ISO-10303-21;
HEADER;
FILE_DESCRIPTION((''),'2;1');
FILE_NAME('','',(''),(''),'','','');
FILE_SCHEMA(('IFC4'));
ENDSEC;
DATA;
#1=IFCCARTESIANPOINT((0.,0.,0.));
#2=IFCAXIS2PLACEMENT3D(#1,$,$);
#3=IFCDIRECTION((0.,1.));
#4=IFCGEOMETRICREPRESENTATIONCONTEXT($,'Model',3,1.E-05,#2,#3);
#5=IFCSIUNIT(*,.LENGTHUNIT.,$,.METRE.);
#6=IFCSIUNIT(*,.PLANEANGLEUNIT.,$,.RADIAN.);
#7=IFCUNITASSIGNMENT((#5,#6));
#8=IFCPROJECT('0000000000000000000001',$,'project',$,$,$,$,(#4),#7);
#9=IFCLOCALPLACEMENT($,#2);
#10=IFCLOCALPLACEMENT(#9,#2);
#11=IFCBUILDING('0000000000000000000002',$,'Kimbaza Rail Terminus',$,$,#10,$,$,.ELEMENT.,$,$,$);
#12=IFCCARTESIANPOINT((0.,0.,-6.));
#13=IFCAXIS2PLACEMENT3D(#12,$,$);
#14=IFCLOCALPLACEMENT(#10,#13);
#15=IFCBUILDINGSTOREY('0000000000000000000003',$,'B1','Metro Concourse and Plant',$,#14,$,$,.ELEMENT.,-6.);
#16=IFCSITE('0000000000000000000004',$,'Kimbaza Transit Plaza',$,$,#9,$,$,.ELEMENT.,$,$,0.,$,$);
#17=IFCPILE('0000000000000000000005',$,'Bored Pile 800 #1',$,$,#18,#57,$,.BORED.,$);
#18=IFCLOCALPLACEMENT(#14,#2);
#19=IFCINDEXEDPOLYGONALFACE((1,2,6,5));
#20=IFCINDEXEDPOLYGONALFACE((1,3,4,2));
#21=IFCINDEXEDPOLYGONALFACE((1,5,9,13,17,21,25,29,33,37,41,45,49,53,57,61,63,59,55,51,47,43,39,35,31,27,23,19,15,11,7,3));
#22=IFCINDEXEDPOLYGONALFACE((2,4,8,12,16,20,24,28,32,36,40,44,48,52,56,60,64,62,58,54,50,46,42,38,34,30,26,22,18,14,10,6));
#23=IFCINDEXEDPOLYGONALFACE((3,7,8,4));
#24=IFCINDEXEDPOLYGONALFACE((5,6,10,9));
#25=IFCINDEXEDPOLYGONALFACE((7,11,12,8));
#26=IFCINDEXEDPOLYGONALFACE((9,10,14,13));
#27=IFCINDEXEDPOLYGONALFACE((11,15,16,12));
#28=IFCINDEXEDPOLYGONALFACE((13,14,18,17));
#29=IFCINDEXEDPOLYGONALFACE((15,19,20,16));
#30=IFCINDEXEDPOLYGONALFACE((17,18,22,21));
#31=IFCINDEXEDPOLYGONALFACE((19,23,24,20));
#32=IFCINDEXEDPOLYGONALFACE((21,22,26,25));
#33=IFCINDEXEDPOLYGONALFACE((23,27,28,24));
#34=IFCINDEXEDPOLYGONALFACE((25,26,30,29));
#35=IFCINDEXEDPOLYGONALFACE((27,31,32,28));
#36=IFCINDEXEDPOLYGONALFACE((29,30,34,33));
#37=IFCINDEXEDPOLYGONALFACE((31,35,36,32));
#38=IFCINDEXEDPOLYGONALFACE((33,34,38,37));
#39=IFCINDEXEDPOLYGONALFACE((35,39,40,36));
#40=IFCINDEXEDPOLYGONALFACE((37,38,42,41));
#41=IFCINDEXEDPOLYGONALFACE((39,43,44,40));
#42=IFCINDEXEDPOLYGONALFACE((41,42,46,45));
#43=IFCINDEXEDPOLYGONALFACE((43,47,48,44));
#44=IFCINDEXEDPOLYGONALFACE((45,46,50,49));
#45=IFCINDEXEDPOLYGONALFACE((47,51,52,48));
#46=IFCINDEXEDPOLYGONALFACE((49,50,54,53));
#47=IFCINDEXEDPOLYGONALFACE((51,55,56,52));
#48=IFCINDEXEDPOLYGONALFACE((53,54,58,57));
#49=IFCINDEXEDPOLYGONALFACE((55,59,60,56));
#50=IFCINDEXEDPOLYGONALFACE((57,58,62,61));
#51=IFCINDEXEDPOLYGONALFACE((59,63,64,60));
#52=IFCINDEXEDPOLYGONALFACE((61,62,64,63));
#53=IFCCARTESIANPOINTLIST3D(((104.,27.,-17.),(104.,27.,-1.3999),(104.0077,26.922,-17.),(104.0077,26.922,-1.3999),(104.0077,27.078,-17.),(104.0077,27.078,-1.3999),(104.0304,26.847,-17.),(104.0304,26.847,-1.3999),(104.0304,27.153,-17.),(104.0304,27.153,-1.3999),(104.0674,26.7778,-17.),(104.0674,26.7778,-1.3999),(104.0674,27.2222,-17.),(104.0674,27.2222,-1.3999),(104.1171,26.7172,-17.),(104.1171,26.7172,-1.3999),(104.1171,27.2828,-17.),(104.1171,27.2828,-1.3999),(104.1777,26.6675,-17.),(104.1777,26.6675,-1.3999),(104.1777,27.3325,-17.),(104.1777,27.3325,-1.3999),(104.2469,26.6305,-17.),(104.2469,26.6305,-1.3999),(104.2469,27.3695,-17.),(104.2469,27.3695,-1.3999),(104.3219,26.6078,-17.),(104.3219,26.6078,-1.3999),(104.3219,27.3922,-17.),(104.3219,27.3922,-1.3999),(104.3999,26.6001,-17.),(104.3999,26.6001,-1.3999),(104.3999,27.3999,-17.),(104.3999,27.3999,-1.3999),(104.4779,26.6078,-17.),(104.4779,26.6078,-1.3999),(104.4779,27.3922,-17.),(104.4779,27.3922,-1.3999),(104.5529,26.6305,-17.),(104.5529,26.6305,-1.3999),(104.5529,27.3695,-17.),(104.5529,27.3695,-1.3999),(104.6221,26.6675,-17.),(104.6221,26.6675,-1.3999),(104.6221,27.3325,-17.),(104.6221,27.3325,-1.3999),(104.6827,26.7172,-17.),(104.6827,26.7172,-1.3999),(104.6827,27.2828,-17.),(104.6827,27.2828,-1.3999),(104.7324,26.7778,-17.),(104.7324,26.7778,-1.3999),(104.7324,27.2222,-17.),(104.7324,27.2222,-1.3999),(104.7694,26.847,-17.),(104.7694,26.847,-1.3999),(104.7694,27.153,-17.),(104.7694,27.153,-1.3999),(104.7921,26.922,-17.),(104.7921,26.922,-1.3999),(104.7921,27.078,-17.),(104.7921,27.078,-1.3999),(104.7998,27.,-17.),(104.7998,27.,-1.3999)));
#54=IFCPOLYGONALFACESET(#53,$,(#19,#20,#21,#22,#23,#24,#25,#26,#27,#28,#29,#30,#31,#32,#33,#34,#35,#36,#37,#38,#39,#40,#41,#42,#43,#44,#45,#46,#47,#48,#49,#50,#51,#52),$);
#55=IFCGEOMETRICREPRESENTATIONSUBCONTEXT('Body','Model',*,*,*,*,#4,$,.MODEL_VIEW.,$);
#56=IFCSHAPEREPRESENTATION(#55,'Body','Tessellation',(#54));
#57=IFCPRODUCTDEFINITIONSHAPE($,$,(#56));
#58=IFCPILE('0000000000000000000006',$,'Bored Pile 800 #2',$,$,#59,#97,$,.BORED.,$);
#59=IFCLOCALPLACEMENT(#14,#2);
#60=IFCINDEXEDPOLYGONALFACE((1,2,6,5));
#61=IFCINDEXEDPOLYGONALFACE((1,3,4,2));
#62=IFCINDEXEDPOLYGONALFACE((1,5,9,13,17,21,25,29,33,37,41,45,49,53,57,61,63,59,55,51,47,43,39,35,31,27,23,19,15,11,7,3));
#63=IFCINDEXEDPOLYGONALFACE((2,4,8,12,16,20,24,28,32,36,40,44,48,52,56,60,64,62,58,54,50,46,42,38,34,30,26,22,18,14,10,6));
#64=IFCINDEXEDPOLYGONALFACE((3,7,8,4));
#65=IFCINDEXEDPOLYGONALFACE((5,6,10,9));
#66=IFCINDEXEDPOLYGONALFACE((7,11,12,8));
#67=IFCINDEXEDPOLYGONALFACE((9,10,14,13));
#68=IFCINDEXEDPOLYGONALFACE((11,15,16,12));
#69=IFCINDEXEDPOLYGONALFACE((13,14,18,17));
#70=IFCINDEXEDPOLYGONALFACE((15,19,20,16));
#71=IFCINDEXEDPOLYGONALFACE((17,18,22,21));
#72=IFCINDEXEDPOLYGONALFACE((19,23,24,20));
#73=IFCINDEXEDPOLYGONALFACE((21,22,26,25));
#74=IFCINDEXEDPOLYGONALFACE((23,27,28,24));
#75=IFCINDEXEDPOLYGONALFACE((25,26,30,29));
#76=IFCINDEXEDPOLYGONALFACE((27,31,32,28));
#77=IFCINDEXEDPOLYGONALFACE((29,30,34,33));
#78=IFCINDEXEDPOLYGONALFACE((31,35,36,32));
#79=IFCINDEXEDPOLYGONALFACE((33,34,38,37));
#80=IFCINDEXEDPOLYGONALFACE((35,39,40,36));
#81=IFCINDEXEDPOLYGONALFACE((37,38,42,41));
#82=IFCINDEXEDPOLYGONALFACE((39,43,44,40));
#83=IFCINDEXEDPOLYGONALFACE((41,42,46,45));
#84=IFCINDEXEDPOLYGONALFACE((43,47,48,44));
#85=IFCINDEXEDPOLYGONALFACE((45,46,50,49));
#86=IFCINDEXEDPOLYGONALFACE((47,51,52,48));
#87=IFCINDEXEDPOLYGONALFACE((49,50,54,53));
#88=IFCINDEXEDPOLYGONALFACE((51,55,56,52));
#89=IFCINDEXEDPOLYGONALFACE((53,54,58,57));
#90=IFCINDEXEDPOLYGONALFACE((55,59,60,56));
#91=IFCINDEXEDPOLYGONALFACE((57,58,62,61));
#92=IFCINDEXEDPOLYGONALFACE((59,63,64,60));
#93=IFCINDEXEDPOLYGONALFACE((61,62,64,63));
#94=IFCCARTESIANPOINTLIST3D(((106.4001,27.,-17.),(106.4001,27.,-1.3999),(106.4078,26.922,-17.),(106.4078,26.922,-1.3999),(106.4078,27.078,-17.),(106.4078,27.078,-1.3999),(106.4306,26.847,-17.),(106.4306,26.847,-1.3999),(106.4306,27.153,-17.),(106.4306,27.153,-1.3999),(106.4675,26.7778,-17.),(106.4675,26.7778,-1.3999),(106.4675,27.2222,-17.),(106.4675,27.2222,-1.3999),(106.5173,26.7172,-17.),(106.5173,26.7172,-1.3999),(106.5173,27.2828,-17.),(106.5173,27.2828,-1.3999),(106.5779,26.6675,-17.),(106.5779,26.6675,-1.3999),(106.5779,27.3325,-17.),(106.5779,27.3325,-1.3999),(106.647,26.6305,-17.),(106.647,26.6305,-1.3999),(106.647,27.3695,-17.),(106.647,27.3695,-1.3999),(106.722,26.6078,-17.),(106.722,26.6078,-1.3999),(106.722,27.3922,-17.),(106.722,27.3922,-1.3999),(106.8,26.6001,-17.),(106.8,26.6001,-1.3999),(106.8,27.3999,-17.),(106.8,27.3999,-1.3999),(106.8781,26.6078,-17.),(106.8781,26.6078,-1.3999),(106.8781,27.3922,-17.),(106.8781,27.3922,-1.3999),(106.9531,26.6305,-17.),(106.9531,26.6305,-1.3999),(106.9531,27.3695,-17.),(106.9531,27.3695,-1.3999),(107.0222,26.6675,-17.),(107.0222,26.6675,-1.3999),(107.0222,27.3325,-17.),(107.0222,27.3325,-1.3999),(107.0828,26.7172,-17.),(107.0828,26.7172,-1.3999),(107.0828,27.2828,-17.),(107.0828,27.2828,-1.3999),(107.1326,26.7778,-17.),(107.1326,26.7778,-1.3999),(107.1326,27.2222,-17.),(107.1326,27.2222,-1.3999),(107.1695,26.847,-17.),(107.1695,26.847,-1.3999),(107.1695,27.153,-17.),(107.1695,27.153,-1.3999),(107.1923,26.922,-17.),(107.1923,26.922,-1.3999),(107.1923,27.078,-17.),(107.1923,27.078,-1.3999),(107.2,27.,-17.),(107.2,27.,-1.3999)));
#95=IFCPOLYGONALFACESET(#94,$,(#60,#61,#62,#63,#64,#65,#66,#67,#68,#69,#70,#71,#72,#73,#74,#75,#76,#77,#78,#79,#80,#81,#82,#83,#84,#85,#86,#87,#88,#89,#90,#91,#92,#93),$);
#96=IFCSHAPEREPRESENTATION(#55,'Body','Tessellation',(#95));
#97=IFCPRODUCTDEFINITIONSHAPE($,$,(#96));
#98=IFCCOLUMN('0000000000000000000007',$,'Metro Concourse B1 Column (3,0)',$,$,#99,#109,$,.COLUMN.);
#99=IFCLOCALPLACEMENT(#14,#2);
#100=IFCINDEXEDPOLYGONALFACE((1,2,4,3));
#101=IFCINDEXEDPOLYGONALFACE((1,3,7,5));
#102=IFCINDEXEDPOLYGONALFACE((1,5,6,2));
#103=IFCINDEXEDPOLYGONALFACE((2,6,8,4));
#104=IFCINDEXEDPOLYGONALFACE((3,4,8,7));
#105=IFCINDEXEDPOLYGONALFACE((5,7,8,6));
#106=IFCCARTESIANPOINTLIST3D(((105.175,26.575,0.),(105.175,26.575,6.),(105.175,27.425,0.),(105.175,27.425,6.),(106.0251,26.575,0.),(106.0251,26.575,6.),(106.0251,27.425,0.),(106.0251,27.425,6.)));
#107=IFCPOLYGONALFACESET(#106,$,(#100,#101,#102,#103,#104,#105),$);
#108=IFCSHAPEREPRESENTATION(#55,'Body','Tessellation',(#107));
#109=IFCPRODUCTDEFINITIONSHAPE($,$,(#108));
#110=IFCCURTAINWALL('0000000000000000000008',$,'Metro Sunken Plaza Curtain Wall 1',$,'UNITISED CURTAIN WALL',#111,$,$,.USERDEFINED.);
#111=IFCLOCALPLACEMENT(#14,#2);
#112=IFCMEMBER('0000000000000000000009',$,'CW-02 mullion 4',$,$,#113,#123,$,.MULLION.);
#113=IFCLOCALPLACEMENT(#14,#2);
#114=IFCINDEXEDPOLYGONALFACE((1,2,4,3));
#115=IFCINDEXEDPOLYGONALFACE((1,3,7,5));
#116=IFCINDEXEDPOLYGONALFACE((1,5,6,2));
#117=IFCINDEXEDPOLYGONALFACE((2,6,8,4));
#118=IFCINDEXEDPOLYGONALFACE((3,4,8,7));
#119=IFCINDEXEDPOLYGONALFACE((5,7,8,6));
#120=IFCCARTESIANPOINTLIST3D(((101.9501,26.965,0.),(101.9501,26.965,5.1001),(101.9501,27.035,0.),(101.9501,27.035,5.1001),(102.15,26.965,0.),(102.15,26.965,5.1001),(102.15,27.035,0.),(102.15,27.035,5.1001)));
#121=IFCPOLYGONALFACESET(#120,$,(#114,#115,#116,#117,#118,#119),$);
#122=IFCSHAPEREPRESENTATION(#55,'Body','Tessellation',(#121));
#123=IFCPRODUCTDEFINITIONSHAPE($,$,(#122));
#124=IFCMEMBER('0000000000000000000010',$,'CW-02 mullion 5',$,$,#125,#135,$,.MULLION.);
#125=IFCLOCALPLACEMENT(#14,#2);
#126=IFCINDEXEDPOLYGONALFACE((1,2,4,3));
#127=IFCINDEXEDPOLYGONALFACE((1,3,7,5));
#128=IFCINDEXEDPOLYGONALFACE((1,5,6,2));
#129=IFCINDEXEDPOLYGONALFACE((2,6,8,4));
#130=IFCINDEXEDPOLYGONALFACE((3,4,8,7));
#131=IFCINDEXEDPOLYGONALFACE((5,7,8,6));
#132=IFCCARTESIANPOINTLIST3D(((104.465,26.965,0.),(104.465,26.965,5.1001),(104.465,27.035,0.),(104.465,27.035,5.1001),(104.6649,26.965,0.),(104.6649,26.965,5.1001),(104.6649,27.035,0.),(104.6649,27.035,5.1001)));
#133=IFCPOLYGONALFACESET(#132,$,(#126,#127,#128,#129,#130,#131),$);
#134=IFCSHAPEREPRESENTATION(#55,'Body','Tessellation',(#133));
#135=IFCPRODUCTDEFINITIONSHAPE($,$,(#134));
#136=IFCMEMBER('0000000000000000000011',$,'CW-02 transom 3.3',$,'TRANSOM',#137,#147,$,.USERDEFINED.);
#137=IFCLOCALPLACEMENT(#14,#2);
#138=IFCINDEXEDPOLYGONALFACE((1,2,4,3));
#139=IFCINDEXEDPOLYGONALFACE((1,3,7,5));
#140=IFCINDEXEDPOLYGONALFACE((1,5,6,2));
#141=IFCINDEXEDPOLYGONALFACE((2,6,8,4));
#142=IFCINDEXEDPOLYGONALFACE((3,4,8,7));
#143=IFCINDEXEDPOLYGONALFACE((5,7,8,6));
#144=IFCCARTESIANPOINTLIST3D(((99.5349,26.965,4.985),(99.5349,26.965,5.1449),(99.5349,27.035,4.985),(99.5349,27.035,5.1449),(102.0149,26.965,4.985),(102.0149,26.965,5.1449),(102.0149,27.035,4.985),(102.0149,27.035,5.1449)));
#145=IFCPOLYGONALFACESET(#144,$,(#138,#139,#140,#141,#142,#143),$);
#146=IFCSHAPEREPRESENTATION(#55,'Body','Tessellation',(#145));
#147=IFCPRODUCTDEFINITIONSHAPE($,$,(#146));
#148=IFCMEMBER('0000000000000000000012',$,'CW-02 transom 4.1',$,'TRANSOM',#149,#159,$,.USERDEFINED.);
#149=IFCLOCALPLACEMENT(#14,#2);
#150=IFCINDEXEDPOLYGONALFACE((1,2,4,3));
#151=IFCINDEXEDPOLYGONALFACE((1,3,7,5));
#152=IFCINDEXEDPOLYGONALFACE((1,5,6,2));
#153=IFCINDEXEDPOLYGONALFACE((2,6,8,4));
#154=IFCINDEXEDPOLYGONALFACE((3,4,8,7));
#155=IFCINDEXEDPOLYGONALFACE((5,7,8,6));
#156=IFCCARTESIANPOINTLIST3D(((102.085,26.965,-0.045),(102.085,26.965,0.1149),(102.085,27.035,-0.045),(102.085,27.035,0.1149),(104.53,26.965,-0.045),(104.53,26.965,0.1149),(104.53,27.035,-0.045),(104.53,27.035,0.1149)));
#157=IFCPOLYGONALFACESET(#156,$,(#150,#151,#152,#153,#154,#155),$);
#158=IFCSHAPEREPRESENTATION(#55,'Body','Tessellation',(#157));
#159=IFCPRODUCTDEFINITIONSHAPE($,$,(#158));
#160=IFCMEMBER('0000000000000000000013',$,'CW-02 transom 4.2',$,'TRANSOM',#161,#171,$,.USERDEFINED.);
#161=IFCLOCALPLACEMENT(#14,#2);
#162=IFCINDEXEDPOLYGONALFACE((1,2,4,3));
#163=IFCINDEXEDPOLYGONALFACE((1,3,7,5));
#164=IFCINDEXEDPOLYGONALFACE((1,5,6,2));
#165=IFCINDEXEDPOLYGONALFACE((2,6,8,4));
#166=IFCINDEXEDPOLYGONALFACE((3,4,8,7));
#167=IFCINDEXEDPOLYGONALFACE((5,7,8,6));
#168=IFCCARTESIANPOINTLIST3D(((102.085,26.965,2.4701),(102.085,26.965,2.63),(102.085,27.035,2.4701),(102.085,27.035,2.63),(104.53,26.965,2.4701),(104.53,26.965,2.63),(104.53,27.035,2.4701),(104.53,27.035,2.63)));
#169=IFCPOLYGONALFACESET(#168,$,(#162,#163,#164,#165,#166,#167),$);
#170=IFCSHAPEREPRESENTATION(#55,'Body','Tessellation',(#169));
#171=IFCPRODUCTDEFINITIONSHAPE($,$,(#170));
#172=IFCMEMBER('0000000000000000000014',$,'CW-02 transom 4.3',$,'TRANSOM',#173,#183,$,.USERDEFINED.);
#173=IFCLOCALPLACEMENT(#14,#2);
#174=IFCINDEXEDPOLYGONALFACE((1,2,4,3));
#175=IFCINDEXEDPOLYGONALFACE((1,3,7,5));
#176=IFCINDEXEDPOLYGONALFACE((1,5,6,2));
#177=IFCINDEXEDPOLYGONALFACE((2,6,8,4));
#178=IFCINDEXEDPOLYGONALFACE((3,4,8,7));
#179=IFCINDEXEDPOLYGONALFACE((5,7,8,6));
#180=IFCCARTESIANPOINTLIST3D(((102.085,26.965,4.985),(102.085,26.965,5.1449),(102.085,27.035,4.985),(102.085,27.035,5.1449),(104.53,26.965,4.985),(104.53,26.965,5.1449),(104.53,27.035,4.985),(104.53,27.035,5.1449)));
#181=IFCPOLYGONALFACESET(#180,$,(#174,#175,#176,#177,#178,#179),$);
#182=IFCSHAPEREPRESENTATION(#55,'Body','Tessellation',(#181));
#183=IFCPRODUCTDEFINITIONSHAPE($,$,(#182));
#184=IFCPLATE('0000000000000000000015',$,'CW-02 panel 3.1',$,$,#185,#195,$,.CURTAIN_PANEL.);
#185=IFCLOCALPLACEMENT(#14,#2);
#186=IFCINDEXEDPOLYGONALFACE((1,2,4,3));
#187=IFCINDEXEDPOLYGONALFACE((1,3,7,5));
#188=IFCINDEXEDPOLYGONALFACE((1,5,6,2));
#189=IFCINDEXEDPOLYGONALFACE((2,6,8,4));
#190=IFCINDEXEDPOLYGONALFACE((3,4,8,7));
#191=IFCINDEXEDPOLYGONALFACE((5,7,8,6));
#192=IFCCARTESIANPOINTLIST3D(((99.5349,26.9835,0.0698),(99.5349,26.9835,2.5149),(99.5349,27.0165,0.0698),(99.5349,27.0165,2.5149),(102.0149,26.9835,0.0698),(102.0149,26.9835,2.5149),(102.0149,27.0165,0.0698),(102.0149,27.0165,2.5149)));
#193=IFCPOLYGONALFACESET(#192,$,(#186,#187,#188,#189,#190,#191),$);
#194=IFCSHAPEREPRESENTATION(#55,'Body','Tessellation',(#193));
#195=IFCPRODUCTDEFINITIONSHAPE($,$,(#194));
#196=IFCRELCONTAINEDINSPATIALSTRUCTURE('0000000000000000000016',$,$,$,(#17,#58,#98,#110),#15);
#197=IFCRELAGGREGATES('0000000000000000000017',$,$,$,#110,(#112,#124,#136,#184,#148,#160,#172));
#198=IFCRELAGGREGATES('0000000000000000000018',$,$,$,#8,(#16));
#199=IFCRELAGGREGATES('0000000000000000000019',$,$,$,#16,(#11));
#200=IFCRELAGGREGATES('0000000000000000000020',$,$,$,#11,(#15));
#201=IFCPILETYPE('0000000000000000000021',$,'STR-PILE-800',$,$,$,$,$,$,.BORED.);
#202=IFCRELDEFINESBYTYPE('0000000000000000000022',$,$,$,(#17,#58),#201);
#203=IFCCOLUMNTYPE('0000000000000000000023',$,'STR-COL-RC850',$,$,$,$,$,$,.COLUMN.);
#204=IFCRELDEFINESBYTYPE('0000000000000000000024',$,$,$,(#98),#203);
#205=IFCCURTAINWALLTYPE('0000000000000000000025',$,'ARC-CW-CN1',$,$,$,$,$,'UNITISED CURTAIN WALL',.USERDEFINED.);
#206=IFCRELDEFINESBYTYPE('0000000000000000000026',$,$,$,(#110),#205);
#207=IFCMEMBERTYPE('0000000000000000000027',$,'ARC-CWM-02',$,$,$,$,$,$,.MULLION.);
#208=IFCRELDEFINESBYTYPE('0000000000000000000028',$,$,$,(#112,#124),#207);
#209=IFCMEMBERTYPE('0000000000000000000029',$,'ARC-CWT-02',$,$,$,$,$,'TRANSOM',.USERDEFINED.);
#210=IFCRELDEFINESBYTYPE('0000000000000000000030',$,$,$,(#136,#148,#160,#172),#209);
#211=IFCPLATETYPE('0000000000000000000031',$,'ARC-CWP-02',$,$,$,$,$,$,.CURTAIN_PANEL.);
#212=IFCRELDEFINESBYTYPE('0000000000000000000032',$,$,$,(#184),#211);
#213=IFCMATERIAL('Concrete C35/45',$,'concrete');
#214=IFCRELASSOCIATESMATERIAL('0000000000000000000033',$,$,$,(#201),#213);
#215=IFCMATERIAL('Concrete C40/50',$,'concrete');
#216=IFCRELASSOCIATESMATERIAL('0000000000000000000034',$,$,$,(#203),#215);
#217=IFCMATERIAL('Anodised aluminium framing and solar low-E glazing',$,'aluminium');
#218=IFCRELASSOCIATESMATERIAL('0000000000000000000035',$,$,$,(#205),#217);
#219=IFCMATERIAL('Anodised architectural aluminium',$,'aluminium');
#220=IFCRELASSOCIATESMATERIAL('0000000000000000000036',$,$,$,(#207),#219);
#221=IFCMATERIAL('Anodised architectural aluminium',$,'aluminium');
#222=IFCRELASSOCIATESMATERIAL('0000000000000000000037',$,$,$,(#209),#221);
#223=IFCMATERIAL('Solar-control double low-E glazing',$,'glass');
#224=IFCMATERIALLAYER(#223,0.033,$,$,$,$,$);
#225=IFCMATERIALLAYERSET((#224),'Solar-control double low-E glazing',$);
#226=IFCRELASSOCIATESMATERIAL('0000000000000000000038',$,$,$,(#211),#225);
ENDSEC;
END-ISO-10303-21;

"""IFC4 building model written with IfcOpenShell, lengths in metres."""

from ifc_helpers import new_model, si_unit, direction, frame, origin, origin_2d, place, context, subcontext, project, spatial, rectangle, circle, extrude, material, layer, layer_set, material_profile, profile_set, type_object, element, aggregate, save


model = new_model("IFC4")

# Units and contexts
model_context = context("Model", 3, precision=1e-05, world=origin(), true_north=direction((0.0, 1.0)))
body_context = subcontext(model_context, "Body", "Model", "MODEL_VIEW")
ifc_project = project(units=[si_unit("LENGTHUNIT", "METRE"), si_unit("PLANEANGLEUNIT", "RADIAN")], contexts=[model_context])

# Site, building, storey
site_placement = place(None, origin())
site = spatial("IfcSite", under=ifc_project, at=site_placement, Name="Kimbaza Transit Plaza", CompositionType="ELEMENT", RefElevation=0.0)
building_placement = place(site_placement, origin())
building = spatial("IfcBuilding", under=site, at=building_placement, Name="Kimbaza Rail Terminus", CompositionType="ELEMENT")
storey_placement = place(building_placement, frame((0.0, 0.0, -6.0)))
storey = spatial("IfcBuildingStorey", under=building, at=storey_placement, Name="B1", Description="Metro Concourse and Plant", CompositionType="ELEMENT", Elevation=-6.0)

# Piles
ifc_material_1 = material(Name="Concrete C35/45", Category="concrete")
ifc_material_profile_1 = material_profile(ifc_material_1, circle(Radius=0.3999, at=origin_2d()), Name="BORED PILE 800")
ifc_profile_set_1 = profile_set([ifc_material_profile_1], Name="Concrete C35/45")
pile_type_1 = type_object("IfcPileType", Name="STR-PILE-800", PredefinedType="BORED", material=ifc_profile_set_1)
for number, where, z_axis, x_axis, name in (
    (1, (104.3999, 27.0, -1.3999), (0.0, 0.0, -1.0), (1.0, 0.0, 0.0), "Bored Pile 800 #1"),
    (2, (106.8, 27.0, -1.3999), (0.0, 0.0, -1.0), (1.0, 0.0, 0.0), "Bored Pile 800 #2"),
):
    element("IfcPile", number, at=place(storey_placement, frame(where, z_axis=z_axis, x_axis=x_axis)), inside=storey, type_object=pile_type_1, Name=name, PredefinedType="BORED", context=body_context, shape_type="SweptSolid", body=[
        extrude(circle(Radius=0.3999, at=origin_2d()), origin(), (0.0, 0.0, 1.0), 15.6001),
    ])

# Column
ifc_material_2 = material(Name="Concrete C40/50", Category="concrete")
ifc_material_profile_2 = material_profile(ifc_material_2, rectangle(XDim=0.8501, YDim=0.8501, at=origin_2d()), Name="RC 850x850")
ifc_profile_set_2 = profile_set([ifc_material_profile_2], Name="Concrete C40/50")
column_type = type_object("IfcColumnType", Name="STR-COL-RC850", PredefinedType="COLUMN", material=ifc_profile_set_2)
column_placement = place(storey_placement, frame((105.6001, 27.0, 0.0), z_axis=(0.0, 0.0, 1.0), x_axis=(1.0, 0.0, 0.0)))
element("IfcColumn", 3, at=column_placement, inside=storey, type_object=column_type, Name="Metro Concourse B1 Column (3,0)", PredefinedType="COLUMN", context=body_context, shape_type="SweptSolid", body=[
    extrude(rectangle(XDim=0.8501, YDim=0.8501, at=origin_2d()), origin(), (0.0, 0.0, 1.0), 6.0),
])

# Curtain wall, members, plate
ifc_material_3 = material(Name="Anodised aluminium framing and solar low-E glazing", Category="aluminium")
curtain_wall_type = type_object("IfcCurtainWallType", Name="ARC-CW-CN1", ElementType="UNITISED CURTAIN WALL", PredefinedType="USERDEFINED", material=ifc_material_3)
curtain_wall_placement = place(storey_placement, origin())
curtain_wall = element("IfcCurtainWall", 4, at=curtain_wall_placement, inside=storey, type_object=curtain_wall_type, Name="Metro Sunken Plaza Curtain Wall 1", ObjectType="UNITISED CURTAIN WALL", PredefinedType="USERDEFINED")
ifc_material_4 = material(Name="Anodised architectural aluminium", Category="aluminium")
ifc_material_profile_3 = material_profile(ifc_material_4, rectangle(XDim=0.0701, YDim=0.2, at=origin_2d()), Name="MULLION 70x200")
ifc_profile_set_3 = profile_set([ifc_material_profile_3], Name="Anodised architectural aluminium")
member_type_1 = type_object("IfcMemberType", Name="ARC-CWM-02", PredefinedType="MULLION", material=ifc_profile_set_3)
member_1_placement = place(storey_placement, frame((102.05, 27.0, 0.0), z_axis=(0.0, 0.0, 1.0), x_axis=(0.0, 1.0, 0.0)))
member_1 = element("IfcMember", 5, at=member_1_placement, type_object=member_type_1, Name="CW-02 mullion 4", PredefinedType="MULLION", context=body_context, shape_type="SweptSolid", body=[
    extrude(rectangle(XDim=0.0701, YDim=0.2, at=origin_2d()), origin(), (0.0, 0.0, 1.0), 5.1001),
])
member_2_placement = place(storey_placement, frame((104.5649, 27.0, 0.0), z_axis=(0.0, 0.0, 1.0), x_axis=(0.0, 1.0, 0.0)))
member_2 = element("IfcMember", 6, at=member_2_placement, type_object=member_type_1, Name="CW-02 mullion 5", PredefinedType="MULLION", context=body_context, shape_type="SweptSolid", body=[
    extrude(rectangle(XDim=0.0701, YDim=0.2, at=origin_2d()), origin(), (0.0, 0.0, 1.0), 5.1001),
])
ifc_material_5 = material(Name="Anodised architectural aluminium", Category="aluminium")
ifc_material_profile_4 = material_profile(ifc_material_5, rectangle(XDim=0.0701, YDim=0.1599, at=origin_2d()), Name="TRANSOM 70x160")
ifc_profile_set_4 = profile_set([ifc_material_profile_4], Name="Anodised architectural aluminium")
member_type_2 = type_object("IfcMemberType", Name="ARC-CWT-02", ElementType="TRANSOM", PredefinedType="USERDEFINED", material=ifc_profile_set_4)
member_3_placement = place(storey_placement, frame((99.5349, 27.0, 5.0649), z_axis=(1.0, 0.0, 0.0), x_axis=(0.0, 1.0, 0.0)))
member_3 = element("IfcMember", 7, at=member_3_placement, type_object=member_type_2, Name="CW-02 transom 3.3", ObjectType="TRANSOM", PredefinedType="USERDEFINED", context=body_context, shape_type="SweptSolid", body=[
    extrude(rectangle(XDim=0.0701, YDim=0.1599, at=origin_2d()), origin(), (0.0, 0.0, 1.0), 2.48),
])
member_4_placement = place(storey_placement, frame((102.085, 27.0, 0.0349), z_axis=(1.0, 0.0, 0.0), x_axis=(0.0, 1.0, 0.0)))
member_4 = element("IfcMember", 8, at=member_4_placement, type_object=member_type_2, Name="CW-02 transom 4.1", ObjectType="TRANSOM", PredefinedType="USERDEFINED", context=body_context, shape_type="SweptSolid", body=[
    extrude(rectangle(XDim=0.0701, YDim=0.1599, at=origin_2d()), origin(), (0.0, 0.0, 1.0), 2.4451),
])
member_5_placement = place(storey_placement, frame((102.085, 27.0, 2.55), z_axis=(1.0, 0.0, 0.0), x_axis=(0.0, 1.0, 0.0)))
member_5 = element("IfcMember", 9, at=member_5_placement, type_object=member_type_2, Name="CW-02 transom 4.2", ObjectType="TRANSOM", PredefinedType="USERDEFINED", context=body_context, shape_type="SweptSolid", body=[
    extrude(rectangle(XDim=0.0701, YDim=0.1599, at=origin_2d()), origin(), (0.0, 0.0, 1.0), 2.4451),
])
member_6_placement = place(storey_placement, frame((102.085, 27.0, 5.0649), z_axis=(1.0, 0.0, 0.0), x_axis=(0.0, 1.0, 0.0)))
member_6 = element("IfcMember", 10, at=member_6_placement, type_object=member_type_2, Name="CW-02 transom 4.3", ObjectType="TRANSOM", PredefinedType="USERDEFINED", context=body_context, shape_type="SweptSolid", body=[
    extrude(rectangle(XDim=0.0701, YDim=0.1599, at=origin_2d()), origin(), (0.0, 0.0, 1.0), 2.4451),
])
ifc_material_6 = material(Name="Solar-control double low-E glazing", Category="glass")
ifc_layer_1 = layer(ifc_material_6, 0.033)
ifc_layer_set_1 = layer_set([ifc_layer_1], Name="Solar-control double low-E glazing")
plate_type = type_object("IfcPlateType", Name="ARC-CWP-02", PredefinedType="CURTAIN_PANEL", material=ifc_layer_set_1)
plate_1_placement = place(storey_placement, frame((100.7749, 27.0, 0.0698), z_axis=(0.0, 0.0, 1.0), x_axis=(1.0, 0.0, 0.0)))
plate_1 = element("IfcPlate", 11, at=plate_1_placement, type_object=plate_type, Name="CW-02 panel 3.1", PredefinedType="CURTAIN_PANEL", context=body_context, shape_type="SweptSolid", body=[
    extrude(rectangle(XDim=2.48, YDim=0.033, at=origin_2d()), origin(), (0.0, 0.0, 1.0), 2.4451),
])
aggregate(curtain_wall, [member_1, member_2, member_3, plate_1, member_4, member_5, member_6])

save(model, "model.ifc")
